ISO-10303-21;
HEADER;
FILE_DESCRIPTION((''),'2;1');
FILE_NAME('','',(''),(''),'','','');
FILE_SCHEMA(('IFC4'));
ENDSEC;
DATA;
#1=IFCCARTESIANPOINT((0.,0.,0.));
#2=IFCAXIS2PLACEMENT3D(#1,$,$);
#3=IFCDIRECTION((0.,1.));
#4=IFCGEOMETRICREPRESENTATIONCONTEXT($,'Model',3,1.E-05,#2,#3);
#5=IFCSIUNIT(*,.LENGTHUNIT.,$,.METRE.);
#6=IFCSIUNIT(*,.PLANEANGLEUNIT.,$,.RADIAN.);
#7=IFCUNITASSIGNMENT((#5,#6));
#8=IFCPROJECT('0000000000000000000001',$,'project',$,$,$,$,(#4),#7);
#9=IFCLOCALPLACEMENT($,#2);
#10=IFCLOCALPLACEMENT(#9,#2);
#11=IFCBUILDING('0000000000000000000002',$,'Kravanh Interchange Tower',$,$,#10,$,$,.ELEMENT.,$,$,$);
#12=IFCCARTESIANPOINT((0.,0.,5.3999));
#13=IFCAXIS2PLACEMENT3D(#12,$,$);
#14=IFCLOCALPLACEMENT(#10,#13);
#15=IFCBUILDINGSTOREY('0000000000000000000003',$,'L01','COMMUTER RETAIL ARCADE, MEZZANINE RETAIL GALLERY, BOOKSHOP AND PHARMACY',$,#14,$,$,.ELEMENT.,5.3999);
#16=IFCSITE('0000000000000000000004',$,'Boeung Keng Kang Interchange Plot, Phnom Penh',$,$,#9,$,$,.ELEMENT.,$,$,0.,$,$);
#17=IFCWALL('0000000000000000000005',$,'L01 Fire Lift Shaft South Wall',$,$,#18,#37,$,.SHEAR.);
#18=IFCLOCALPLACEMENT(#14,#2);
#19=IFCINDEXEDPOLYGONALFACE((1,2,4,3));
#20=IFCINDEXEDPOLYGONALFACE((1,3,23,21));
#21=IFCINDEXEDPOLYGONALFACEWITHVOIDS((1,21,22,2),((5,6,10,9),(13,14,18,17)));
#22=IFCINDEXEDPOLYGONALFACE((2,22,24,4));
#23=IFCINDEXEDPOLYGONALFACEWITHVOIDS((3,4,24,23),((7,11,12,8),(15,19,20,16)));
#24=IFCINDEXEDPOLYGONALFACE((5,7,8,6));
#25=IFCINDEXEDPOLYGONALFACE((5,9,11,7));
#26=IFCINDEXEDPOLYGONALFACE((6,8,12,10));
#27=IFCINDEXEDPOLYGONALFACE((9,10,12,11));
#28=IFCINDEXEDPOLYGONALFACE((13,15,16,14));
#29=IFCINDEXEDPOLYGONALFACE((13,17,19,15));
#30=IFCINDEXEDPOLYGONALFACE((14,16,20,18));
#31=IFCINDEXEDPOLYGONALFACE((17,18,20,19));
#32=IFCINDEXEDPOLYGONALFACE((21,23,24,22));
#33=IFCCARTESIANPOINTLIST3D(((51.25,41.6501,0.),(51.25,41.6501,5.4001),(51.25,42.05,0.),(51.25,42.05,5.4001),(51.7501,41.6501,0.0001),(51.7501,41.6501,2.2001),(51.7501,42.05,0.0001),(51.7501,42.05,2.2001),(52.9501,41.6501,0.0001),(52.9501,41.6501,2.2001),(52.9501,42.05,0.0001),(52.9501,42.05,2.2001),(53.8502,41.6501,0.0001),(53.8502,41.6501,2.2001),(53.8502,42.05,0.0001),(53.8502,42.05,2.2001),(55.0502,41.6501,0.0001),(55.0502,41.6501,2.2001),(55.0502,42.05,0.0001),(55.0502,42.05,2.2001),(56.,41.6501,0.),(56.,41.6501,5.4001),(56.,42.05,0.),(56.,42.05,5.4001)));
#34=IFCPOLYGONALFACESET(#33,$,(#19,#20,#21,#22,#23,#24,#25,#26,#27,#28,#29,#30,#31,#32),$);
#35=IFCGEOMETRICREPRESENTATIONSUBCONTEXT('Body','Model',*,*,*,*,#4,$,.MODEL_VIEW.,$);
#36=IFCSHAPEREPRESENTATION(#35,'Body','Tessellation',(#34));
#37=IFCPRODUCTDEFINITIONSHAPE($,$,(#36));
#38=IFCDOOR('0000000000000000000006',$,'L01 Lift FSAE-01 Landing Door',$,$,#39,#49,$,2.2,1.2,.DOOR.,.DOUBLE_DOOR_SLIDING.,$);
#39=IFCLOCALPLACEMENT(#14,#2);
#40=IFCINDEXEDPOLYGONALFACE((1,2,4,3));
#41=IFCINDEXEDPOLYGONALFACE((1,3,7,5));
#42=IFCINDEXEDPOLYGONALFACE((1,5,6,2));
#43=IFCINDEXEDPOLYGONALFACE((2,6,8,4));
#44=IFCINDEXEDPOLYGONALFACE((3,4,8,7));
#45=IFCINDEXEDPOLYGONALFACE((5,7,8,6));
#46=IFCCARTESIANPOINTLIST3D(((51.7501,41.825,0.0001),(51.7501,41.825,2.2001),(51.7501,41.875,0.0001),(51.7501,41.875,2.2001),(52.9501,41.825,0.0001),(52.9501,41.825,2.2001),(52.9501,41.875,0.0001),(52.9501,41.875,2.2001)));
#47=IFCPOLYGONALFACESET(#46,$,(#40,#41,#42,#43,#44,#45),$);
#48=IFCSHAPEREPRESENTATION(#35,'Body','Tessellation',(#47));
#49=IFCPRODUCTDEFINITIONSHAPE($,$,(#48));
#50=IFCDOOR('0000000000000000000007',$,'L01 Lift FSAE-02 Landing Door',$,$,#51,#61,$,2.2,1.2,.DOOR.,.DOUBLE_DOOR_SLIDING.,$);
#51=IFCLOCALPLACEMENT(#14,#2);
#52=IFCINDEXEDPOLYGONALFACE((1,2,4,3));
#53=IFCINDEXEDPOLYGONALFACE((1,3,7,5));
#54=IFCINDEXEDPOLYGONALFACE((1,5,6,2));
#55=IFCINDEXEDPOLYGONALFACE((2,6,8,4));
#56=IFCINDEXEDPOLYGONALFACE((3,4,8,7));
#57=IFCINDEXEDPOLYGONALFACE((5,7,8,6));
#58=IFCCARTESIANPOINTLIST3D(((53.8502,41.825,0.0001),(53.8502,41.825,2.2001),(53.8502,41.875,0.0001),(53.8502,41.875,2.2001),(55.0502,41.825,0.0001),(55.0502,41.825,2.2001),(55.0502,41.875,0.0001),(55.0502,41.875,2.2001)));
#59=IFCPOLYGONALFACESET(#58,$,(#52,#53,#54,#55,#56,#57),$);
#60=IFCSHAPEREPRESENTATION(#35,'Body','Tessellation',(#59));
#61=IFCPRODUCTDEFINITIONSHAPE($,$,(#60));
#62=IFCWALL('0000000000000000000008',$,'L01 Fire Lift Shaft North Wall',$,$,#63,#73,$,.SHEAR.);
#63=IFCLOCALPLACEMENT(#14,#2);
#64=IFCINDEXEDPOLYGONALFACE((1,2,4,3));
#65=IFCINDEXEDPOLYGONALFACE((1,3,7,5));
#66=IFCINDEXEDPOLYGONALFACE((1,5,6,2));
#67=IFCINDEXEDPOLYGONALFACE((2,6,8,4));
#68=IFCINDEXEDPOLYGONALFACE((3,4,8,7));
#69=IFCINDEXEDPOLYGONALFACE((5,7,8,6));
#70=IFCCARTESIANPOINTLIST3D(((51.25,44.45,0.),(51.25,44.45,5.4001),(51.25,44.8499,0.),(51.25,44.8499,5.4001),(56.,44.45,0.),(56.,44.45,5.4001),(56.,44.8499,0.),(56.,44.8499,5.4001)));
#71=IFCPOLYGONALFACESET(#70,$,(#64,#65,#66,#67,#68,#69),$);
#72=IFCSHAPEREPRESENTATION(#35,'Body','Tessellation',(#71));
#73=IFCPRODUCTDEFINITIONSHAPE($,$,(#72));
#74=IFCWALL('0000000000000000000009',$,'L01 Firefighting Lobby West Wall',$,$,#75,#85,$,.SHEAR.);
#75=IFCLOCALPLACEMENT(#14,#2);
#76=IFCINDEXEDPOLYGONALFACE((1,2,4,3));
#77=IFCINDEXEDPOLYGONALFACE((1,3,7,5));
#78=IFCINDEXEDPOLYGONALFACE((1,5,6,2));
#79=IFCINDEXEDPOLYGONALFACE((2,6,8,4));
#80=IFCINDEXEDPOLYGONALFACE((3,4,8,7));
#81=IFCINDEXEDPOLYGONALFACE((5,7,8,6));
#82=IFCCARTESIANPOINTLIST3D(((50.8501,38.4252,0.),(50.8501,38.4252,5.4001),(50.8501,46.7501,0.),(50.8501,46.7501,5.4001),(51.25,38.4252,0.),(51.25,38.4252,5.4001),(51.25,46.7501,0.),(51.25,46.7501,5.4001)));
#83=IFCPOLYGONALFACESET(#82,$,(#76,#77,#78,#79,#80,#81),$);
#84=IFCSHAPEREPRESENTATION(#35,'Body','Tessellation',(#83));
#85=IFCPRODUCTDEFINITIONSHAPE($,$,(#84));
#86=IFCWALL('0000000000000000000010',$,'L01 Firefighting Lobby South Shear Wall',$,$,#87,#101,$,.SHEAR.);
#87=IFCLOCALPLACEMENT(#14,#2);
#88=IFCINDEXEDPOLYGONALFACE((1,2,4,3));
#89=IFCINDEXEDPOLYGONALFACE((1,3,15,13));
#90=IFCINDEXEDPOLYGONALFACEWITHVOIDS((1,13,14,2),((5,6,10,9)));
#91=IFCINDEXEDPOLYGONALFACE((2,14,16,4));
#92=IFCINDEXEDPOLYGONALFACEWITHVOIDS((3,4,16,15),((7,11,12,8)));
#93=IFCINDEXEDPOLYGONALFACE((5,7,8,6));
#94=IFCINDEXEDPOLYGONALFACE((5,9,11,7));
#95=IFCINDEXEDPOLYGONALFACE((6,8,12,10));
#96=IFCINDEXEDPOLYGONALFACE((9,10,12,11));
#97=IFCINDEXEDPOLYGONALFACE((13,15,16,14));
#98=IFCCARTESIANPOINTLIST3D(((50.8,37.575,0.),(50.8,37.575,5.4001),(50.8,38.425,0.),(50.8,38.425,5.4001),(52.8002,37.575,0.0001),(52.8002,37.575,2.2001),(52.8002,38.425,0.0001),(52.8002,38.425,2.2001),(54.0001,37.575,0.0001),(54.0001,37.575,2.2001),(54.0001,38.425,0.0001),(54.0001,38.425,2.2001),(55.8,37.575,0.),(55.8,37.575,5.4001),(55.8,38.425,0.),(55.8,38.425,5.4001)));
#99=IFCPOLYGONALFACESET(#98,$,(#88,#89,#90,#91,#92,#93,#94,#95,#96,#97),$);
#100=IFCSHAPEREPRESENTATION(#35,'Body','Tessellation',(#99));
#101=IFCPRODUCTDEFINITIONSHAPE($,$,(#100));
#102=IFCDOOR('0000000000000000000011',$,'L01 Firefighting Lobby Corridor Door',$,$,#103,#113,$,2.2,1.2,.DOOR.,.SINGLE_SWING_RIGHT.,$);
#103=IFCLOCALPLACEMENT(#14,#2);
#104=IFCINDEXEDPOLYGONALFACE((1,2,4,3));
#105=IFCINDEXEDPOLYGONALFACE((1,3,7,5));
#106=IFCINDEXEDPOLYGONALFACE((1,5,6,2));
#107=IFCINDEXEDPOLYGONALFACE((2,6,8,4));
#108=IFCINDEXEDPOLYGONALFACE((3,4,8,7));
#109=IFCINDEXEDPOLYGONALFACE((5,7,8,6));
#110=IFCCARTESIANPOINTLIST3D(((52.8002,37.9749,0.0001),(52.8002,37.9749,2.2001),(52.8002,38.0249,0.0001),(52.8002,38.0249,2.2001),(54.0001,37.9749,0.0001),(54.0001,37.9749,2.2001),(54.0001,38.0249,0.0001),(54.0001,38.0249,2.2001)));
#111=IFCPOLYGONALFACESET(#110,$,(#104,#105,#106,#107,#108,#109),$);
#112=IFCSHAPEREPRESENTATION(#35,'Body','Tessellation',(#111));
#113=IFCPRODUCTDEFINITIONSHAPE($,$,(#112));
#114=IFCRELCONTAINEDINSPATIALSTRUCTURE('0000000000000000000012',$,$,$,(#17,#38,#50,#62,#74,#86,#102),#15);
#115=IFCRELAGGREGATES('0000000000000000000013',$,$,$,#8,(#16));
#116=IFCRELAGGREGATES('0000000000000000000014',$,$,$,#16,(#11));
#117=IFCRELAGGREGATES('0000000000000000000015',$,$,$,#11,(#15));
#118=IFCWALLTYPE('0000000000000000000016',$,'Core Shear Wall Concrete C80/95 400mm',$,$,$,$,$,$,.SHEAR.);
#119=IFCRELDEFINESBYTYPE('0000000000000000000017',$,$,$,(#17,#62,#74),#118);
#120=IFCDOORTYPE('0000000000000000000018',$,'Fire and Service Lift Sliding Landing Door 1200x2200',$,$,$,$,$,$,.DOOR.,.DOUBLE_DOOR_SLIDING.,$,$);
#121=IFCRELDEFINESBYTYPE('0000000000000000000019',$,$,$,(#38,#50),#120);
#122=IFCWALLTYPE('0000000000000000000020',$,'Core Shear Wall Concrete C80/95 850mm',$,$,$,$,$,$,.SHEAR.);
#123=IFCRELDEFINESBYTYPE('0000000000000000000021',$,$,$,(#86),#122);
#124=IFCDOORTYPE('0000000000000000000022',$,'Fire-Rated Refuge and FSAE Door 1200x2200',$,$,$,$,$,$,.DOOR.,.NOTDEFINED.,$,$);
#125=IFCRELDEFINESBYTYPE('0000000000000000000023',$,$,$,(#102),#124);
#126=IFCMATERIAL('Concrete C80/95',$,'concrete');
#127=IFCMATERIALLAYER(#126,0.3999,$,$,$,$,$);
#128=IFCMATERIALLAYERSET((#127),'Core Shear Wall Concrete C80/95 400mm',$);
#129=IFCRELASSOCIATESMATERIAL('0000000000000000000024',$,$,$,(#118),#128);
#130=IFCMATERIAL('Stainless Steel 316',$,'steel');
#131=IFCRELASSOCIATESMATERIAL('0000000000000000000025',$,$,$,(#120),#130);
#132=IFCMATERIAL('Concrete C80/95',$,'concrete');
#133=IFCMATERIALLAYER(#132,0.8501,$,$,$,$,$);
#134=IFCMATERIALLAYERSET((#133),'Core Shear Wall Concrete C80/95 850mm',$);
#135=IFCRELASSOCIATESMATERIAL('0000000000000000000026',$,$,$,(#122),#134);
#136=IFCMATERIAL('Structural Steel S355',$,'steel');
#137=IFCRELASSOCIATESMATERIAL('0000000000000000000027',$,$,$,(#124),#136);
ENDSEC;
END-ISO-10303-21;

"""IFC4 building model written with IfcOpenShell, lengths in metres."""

from ifc_helpers import new_model, si_unit, direction, frame, frame_2d, origin, place, context, subcontext, project, spatial, rectangle, extrude, material, layer, layer_set, type_object, element, fill, save


model = new_model("IFC4")

# Units and contexts
model_context = context("Model", 3, precision=1e-05, world=origin(), true_north=direction((0.0, 1.0)))
body_context = subcontext(model_context, "Body", "Model", "MODEL_VIEW")
ifc_project = project(units=[si_unit("LENGTHUNIT", "METRE"), si_unit("PLANEANGLEUNIT", "RADIAN")], contexts=[model_context])

# Site, building, storey
site_placement = place(None, origin())
site = spatial("IfcSite", under=ifc_project, at=site_placement, Name="Boeung Keng Kang Interchange Plot, Phnom Penh", CompositionType="ELEMENT", RefElevation=0.0)
building_placement = place(site_placement, origin())
building = spatial("IfcBuilding", under=site, at=building_placement, Name="Kravanh Interchange Tower", CompositionType="ELEMENT")
storey_placement = place(building_placement, frame((0.0, 0.0, 5.3999)))
storey = spatial("IfcBuildingStorey", under=building, at=storey_placement, Name="L01", Description="COMMUTER RETAIL ARCADE, MEZZANINE RETAIL GALLERY, BOOKSHOP AND PHARMACY", CompositionType="ELEMENT", Elevation=5.3999)

# Wall, openings, doors
ifc_material_1 = material(Name="Concrete C80/95", Category="concrete")
ifc_layer_1 = layer(ifc_material_1, 0.3999)
ifc_layer_set_1 = layer_set([ifc_layer_1], Name="Core Shear Wall Concrete C80/95 400mm")
wall_type_1 = type_object("IfcWallType", Name="Core Shear Wall Concrete C80/95 400mm", PredefinedType="SHEAR", material=ifc_layer_set_1)
wall_1_placement = place(storey_placement, frame((51.25, 41.8501, 0.0), z_axis=(0.0, 0.0, 1.0), x_axis=(1.0, 0.0, 0.0)))
wall_1 = element("IfcWall", 1, at=wall_1_placement, inside=storey, type_object=wall_type_1, Name="L01 Fire Lift Shaft South Wall", PredefinedType="SHEAR", context=body_context, shape_type="SweptSolid", body=[
    extrude(rectangle(XDim=4.75, YDim=0.3999, at=frame_2d((2.375, 0.0))), origin(), (0.0, 0.0, 1.0), 5.4001),
])
opening_1_placement = place(wall_1_placement, frame((0.5, 0.0, 0.0)))
opening_1 = element("IfcOpeningElement", 2, at=opening_1_placement, cuts=wall_1, PredefinedType="OPENING", context=body_context, shape_type="SweptSolid", body=[
    extrude(rectangle(XDim=1.2, YDim=2.2, at=frame_2d((0.6001, 1.1001))), frame((0.0, 0.21, 0.0), z_axis=(0.0, -1.0, 0.0), x_axis=(1.0, 0.0, 0.0)), (0.0, 0.0, 1.0), 0.4199),
])
opening_2_placement = place(wall_1_placement, frame((2.6001, 0.0, 0.0)))
opening_2 = element("IfcOpeningElement", 3, at=opening_2_placement, cuts=wall_1, PredefinedType="OPENING", context=body_context, shape_type="SweptSolid", body=[
    extrude(rectangle(XDim=1.2, YDim=2.2, at=frame_2d((0.6001, 1.1001))), frame((0.0, 0.21, 0.0), z_axis=(0.0, -1.0, 0.0), x_axis=(1.0, 0.0, 0.0)), (0.0, 0.0, 1.0), 0.4199),
])
ifc_material_2 = material(Name="Stainless Steel 316", Category="steel")
door_type_1 = type_object("IfcDoorType", Name="Fire and Service Lift Sliding Landing Door 1200x2200", OperationType="DOUBLE_DOOR_SLIDING", PredefinedType="DOOR", material=ifc_material_2)
door_1_placement = place(opening_1_placement, origin())
door_1 = element("IfcDoor", 4, at=door_1_placement, inside=storey, type_object=door_type_1, Name="L01 Lift FSAE-01 Landing Door", OperationType="DOUBLE_DOOR_SLIDING", OverallHeight=2.2, OverallWidth=1.2, PredefinedType="DOOR", context=body_context, shape_type="SweptSolid", body=[
    extrude(rectangle(XDim=1.2, YDim=2.2, at=frame_2d((0.6001, 1.1001))), frame((0.0, 0.0249, 0.0), z_axis=(0.0, -1.0, 0.0), x_axis=(1.0, 0.0, 0.0)), (0.0, 0.0, 1.0), 0.05),
])
fill(opening_1, door_1)
door_2_placement = place(opening_2_placement, origin())
door_2 = element("IfcDoor", 5, at=door_2_placement, inside=storey, type_object=door_type_1, Name="L01 Lift FSAE-02 Landing Door", OperationType="DOUBLE_DOOR_SLIDING", OverallHeight=2.2, OverallWidth=1.2, PredefinedType="DOOR", context=body_context, shape_type="SweptSolid", body=[
    extrude(rectangle(XDim=1.2, YDim=2.2, at=frame_2d((0.6001, 1.1001))), frame((0.0, 0.0249, 0.0), z_axis=(0.0, -1.0, 0.0), x_axis=(1.0, 0.0, 0.0)), (0.0, 0.0, 1.0), 0.05),
])
fill(opening_2, door_2)

# Walls
wall_2_placement = place(storey_placement, frame((51.25, 44.6499, 0.0), z_axis=(0.0, 0.0, 1.0), x_axis=(1.0, 0.0, 0.0)))
element("IfcWall", 6, at=wall_2_placement, inside=storey, type_object=wall_type_1, Name="L01 Fire Lift Shaft North Wall", PredefinedType="SHEAR", context=body_context, shape_type="SweptSolid", body=[
    extrude(rectangle(XDim=4.75, YDim=0.3999, at=frame_2d((2.375, 0.0))), origin(), (0.0, 0.0, 1.0), 5.4001),
])
wall_3_placement = place(storey_placement, frame((51.05, 38.425, 0.0), z_axis=(0.0, 0.0, 1.0), x_axis=(0.0, 1.0, 0.0)))
element("IfcWall", 7, at=wall_3_placement, inside=storey, type_object=wall_type_1, Name="L01 Firefighting Lobby West Wall", PredefinedType="SHEAR", context=body_context, shape_type="SweptSolid", body=[
    extrude(rectangle(XDim=8.325, YDim=0.3999, at=frame_2d((4.1626, 0.0))), origin(), (0.0, 0.0, 1.0), 5.4001),
])

# Shared definitions
ifc_material_3 = material(Name="Concrete C80/95", Category="concrete")
ifc_layer_2 = layer(ifc_material_3, 0.8501)
ifc_layer_set_2 = layer_set([ifc_layer_2], Name="Core Shear Wall Concrete C80/95 850mm")
wall_type_2 = type_object("IfcWallType", Name="Core Shear Wall Concrete C80/95 850mm", PredefinedType="SHEAR", material=ifc_layer_set_2)

# Wall, opening, door
wall_4_placement = place(storey_placement, frame((50.8, 38.0, 0.0), z_axis=(0.0, 0.0, 1.0), x_axis=(1.0, 0.0, 0.0)))
wall_4 = element("IfcWall", 8, at=wall_4_placement, inside=storey, type_object=wall_type_2, Name="L01 Firefighting Lobby South Shear Wall", PredefinedType="SHEAR", context=body_context, shape_type="SweptSolid", body=[
    extrude(rectangle(XDim=5.0, YDim=0.8501, at=frame_2d((2.5, 0.0))), origin(), (0.0, 0.0, 1.0), 5.4001),
])
opening_3_placement = place(wall_4_placement, frame((2.0, 0.0, 0.0)))
opening_3 = element("IfcOpeningElement", 9, at=opening_3_placement, cuts=wall_4, PredefinedType="OPENING", context=body_context, shape_type="SweptSolid", body=[
    extrude(rectangle(XDim=1.2, YDim=2.2, at=frame_2d((0.6001, 1.1001))), frame((0.0, 0.4351, 0.0), z_axis=(0.0, -1.0, 0.0), x_axis=(1.0, 0.0, 0.0)), (0.0, 0.0, 1.0), 0.8701),
])
ifc_material_4 = material(Name="Structural Steel S355", Category="steel")
door_type_2 = type_object("IfcDoorType", Name="Fire-Rated Refuge and FSAE Door 1200x2200", OperationType="NOTDEFINED", PredefinedType="DOOR", material=ifc_material_4)
door_3_placement = place(opening_3_placement, origin())
door_3 = element("IfcDoor", 10, at=door_3_placement, inside=storey, type_object=door_type_2, Name="L01 Firefighting Lobby Corridor Door", OperationType="SINGLE_SWING_RIGHT", OverallHeight=2.2, OverallWidth=1.2, PredefinedType="DOOR", context=body_context, shape_type="SweptSolid", body=[
    extrude(rectangle(XDim=1.2, YDim=2.2, at=frame_2d((0.6001, 1.1001))), frame((0.0, 0.0249, 0.0), z_axis=(0.0, -1.0, 0.0), x_axis=(1.0, 0.0, 0.0)), (0.0, 0.0, 1.0), 0.05),
])
fill(opening_3, door_3)

save(model, "model.ifc")
